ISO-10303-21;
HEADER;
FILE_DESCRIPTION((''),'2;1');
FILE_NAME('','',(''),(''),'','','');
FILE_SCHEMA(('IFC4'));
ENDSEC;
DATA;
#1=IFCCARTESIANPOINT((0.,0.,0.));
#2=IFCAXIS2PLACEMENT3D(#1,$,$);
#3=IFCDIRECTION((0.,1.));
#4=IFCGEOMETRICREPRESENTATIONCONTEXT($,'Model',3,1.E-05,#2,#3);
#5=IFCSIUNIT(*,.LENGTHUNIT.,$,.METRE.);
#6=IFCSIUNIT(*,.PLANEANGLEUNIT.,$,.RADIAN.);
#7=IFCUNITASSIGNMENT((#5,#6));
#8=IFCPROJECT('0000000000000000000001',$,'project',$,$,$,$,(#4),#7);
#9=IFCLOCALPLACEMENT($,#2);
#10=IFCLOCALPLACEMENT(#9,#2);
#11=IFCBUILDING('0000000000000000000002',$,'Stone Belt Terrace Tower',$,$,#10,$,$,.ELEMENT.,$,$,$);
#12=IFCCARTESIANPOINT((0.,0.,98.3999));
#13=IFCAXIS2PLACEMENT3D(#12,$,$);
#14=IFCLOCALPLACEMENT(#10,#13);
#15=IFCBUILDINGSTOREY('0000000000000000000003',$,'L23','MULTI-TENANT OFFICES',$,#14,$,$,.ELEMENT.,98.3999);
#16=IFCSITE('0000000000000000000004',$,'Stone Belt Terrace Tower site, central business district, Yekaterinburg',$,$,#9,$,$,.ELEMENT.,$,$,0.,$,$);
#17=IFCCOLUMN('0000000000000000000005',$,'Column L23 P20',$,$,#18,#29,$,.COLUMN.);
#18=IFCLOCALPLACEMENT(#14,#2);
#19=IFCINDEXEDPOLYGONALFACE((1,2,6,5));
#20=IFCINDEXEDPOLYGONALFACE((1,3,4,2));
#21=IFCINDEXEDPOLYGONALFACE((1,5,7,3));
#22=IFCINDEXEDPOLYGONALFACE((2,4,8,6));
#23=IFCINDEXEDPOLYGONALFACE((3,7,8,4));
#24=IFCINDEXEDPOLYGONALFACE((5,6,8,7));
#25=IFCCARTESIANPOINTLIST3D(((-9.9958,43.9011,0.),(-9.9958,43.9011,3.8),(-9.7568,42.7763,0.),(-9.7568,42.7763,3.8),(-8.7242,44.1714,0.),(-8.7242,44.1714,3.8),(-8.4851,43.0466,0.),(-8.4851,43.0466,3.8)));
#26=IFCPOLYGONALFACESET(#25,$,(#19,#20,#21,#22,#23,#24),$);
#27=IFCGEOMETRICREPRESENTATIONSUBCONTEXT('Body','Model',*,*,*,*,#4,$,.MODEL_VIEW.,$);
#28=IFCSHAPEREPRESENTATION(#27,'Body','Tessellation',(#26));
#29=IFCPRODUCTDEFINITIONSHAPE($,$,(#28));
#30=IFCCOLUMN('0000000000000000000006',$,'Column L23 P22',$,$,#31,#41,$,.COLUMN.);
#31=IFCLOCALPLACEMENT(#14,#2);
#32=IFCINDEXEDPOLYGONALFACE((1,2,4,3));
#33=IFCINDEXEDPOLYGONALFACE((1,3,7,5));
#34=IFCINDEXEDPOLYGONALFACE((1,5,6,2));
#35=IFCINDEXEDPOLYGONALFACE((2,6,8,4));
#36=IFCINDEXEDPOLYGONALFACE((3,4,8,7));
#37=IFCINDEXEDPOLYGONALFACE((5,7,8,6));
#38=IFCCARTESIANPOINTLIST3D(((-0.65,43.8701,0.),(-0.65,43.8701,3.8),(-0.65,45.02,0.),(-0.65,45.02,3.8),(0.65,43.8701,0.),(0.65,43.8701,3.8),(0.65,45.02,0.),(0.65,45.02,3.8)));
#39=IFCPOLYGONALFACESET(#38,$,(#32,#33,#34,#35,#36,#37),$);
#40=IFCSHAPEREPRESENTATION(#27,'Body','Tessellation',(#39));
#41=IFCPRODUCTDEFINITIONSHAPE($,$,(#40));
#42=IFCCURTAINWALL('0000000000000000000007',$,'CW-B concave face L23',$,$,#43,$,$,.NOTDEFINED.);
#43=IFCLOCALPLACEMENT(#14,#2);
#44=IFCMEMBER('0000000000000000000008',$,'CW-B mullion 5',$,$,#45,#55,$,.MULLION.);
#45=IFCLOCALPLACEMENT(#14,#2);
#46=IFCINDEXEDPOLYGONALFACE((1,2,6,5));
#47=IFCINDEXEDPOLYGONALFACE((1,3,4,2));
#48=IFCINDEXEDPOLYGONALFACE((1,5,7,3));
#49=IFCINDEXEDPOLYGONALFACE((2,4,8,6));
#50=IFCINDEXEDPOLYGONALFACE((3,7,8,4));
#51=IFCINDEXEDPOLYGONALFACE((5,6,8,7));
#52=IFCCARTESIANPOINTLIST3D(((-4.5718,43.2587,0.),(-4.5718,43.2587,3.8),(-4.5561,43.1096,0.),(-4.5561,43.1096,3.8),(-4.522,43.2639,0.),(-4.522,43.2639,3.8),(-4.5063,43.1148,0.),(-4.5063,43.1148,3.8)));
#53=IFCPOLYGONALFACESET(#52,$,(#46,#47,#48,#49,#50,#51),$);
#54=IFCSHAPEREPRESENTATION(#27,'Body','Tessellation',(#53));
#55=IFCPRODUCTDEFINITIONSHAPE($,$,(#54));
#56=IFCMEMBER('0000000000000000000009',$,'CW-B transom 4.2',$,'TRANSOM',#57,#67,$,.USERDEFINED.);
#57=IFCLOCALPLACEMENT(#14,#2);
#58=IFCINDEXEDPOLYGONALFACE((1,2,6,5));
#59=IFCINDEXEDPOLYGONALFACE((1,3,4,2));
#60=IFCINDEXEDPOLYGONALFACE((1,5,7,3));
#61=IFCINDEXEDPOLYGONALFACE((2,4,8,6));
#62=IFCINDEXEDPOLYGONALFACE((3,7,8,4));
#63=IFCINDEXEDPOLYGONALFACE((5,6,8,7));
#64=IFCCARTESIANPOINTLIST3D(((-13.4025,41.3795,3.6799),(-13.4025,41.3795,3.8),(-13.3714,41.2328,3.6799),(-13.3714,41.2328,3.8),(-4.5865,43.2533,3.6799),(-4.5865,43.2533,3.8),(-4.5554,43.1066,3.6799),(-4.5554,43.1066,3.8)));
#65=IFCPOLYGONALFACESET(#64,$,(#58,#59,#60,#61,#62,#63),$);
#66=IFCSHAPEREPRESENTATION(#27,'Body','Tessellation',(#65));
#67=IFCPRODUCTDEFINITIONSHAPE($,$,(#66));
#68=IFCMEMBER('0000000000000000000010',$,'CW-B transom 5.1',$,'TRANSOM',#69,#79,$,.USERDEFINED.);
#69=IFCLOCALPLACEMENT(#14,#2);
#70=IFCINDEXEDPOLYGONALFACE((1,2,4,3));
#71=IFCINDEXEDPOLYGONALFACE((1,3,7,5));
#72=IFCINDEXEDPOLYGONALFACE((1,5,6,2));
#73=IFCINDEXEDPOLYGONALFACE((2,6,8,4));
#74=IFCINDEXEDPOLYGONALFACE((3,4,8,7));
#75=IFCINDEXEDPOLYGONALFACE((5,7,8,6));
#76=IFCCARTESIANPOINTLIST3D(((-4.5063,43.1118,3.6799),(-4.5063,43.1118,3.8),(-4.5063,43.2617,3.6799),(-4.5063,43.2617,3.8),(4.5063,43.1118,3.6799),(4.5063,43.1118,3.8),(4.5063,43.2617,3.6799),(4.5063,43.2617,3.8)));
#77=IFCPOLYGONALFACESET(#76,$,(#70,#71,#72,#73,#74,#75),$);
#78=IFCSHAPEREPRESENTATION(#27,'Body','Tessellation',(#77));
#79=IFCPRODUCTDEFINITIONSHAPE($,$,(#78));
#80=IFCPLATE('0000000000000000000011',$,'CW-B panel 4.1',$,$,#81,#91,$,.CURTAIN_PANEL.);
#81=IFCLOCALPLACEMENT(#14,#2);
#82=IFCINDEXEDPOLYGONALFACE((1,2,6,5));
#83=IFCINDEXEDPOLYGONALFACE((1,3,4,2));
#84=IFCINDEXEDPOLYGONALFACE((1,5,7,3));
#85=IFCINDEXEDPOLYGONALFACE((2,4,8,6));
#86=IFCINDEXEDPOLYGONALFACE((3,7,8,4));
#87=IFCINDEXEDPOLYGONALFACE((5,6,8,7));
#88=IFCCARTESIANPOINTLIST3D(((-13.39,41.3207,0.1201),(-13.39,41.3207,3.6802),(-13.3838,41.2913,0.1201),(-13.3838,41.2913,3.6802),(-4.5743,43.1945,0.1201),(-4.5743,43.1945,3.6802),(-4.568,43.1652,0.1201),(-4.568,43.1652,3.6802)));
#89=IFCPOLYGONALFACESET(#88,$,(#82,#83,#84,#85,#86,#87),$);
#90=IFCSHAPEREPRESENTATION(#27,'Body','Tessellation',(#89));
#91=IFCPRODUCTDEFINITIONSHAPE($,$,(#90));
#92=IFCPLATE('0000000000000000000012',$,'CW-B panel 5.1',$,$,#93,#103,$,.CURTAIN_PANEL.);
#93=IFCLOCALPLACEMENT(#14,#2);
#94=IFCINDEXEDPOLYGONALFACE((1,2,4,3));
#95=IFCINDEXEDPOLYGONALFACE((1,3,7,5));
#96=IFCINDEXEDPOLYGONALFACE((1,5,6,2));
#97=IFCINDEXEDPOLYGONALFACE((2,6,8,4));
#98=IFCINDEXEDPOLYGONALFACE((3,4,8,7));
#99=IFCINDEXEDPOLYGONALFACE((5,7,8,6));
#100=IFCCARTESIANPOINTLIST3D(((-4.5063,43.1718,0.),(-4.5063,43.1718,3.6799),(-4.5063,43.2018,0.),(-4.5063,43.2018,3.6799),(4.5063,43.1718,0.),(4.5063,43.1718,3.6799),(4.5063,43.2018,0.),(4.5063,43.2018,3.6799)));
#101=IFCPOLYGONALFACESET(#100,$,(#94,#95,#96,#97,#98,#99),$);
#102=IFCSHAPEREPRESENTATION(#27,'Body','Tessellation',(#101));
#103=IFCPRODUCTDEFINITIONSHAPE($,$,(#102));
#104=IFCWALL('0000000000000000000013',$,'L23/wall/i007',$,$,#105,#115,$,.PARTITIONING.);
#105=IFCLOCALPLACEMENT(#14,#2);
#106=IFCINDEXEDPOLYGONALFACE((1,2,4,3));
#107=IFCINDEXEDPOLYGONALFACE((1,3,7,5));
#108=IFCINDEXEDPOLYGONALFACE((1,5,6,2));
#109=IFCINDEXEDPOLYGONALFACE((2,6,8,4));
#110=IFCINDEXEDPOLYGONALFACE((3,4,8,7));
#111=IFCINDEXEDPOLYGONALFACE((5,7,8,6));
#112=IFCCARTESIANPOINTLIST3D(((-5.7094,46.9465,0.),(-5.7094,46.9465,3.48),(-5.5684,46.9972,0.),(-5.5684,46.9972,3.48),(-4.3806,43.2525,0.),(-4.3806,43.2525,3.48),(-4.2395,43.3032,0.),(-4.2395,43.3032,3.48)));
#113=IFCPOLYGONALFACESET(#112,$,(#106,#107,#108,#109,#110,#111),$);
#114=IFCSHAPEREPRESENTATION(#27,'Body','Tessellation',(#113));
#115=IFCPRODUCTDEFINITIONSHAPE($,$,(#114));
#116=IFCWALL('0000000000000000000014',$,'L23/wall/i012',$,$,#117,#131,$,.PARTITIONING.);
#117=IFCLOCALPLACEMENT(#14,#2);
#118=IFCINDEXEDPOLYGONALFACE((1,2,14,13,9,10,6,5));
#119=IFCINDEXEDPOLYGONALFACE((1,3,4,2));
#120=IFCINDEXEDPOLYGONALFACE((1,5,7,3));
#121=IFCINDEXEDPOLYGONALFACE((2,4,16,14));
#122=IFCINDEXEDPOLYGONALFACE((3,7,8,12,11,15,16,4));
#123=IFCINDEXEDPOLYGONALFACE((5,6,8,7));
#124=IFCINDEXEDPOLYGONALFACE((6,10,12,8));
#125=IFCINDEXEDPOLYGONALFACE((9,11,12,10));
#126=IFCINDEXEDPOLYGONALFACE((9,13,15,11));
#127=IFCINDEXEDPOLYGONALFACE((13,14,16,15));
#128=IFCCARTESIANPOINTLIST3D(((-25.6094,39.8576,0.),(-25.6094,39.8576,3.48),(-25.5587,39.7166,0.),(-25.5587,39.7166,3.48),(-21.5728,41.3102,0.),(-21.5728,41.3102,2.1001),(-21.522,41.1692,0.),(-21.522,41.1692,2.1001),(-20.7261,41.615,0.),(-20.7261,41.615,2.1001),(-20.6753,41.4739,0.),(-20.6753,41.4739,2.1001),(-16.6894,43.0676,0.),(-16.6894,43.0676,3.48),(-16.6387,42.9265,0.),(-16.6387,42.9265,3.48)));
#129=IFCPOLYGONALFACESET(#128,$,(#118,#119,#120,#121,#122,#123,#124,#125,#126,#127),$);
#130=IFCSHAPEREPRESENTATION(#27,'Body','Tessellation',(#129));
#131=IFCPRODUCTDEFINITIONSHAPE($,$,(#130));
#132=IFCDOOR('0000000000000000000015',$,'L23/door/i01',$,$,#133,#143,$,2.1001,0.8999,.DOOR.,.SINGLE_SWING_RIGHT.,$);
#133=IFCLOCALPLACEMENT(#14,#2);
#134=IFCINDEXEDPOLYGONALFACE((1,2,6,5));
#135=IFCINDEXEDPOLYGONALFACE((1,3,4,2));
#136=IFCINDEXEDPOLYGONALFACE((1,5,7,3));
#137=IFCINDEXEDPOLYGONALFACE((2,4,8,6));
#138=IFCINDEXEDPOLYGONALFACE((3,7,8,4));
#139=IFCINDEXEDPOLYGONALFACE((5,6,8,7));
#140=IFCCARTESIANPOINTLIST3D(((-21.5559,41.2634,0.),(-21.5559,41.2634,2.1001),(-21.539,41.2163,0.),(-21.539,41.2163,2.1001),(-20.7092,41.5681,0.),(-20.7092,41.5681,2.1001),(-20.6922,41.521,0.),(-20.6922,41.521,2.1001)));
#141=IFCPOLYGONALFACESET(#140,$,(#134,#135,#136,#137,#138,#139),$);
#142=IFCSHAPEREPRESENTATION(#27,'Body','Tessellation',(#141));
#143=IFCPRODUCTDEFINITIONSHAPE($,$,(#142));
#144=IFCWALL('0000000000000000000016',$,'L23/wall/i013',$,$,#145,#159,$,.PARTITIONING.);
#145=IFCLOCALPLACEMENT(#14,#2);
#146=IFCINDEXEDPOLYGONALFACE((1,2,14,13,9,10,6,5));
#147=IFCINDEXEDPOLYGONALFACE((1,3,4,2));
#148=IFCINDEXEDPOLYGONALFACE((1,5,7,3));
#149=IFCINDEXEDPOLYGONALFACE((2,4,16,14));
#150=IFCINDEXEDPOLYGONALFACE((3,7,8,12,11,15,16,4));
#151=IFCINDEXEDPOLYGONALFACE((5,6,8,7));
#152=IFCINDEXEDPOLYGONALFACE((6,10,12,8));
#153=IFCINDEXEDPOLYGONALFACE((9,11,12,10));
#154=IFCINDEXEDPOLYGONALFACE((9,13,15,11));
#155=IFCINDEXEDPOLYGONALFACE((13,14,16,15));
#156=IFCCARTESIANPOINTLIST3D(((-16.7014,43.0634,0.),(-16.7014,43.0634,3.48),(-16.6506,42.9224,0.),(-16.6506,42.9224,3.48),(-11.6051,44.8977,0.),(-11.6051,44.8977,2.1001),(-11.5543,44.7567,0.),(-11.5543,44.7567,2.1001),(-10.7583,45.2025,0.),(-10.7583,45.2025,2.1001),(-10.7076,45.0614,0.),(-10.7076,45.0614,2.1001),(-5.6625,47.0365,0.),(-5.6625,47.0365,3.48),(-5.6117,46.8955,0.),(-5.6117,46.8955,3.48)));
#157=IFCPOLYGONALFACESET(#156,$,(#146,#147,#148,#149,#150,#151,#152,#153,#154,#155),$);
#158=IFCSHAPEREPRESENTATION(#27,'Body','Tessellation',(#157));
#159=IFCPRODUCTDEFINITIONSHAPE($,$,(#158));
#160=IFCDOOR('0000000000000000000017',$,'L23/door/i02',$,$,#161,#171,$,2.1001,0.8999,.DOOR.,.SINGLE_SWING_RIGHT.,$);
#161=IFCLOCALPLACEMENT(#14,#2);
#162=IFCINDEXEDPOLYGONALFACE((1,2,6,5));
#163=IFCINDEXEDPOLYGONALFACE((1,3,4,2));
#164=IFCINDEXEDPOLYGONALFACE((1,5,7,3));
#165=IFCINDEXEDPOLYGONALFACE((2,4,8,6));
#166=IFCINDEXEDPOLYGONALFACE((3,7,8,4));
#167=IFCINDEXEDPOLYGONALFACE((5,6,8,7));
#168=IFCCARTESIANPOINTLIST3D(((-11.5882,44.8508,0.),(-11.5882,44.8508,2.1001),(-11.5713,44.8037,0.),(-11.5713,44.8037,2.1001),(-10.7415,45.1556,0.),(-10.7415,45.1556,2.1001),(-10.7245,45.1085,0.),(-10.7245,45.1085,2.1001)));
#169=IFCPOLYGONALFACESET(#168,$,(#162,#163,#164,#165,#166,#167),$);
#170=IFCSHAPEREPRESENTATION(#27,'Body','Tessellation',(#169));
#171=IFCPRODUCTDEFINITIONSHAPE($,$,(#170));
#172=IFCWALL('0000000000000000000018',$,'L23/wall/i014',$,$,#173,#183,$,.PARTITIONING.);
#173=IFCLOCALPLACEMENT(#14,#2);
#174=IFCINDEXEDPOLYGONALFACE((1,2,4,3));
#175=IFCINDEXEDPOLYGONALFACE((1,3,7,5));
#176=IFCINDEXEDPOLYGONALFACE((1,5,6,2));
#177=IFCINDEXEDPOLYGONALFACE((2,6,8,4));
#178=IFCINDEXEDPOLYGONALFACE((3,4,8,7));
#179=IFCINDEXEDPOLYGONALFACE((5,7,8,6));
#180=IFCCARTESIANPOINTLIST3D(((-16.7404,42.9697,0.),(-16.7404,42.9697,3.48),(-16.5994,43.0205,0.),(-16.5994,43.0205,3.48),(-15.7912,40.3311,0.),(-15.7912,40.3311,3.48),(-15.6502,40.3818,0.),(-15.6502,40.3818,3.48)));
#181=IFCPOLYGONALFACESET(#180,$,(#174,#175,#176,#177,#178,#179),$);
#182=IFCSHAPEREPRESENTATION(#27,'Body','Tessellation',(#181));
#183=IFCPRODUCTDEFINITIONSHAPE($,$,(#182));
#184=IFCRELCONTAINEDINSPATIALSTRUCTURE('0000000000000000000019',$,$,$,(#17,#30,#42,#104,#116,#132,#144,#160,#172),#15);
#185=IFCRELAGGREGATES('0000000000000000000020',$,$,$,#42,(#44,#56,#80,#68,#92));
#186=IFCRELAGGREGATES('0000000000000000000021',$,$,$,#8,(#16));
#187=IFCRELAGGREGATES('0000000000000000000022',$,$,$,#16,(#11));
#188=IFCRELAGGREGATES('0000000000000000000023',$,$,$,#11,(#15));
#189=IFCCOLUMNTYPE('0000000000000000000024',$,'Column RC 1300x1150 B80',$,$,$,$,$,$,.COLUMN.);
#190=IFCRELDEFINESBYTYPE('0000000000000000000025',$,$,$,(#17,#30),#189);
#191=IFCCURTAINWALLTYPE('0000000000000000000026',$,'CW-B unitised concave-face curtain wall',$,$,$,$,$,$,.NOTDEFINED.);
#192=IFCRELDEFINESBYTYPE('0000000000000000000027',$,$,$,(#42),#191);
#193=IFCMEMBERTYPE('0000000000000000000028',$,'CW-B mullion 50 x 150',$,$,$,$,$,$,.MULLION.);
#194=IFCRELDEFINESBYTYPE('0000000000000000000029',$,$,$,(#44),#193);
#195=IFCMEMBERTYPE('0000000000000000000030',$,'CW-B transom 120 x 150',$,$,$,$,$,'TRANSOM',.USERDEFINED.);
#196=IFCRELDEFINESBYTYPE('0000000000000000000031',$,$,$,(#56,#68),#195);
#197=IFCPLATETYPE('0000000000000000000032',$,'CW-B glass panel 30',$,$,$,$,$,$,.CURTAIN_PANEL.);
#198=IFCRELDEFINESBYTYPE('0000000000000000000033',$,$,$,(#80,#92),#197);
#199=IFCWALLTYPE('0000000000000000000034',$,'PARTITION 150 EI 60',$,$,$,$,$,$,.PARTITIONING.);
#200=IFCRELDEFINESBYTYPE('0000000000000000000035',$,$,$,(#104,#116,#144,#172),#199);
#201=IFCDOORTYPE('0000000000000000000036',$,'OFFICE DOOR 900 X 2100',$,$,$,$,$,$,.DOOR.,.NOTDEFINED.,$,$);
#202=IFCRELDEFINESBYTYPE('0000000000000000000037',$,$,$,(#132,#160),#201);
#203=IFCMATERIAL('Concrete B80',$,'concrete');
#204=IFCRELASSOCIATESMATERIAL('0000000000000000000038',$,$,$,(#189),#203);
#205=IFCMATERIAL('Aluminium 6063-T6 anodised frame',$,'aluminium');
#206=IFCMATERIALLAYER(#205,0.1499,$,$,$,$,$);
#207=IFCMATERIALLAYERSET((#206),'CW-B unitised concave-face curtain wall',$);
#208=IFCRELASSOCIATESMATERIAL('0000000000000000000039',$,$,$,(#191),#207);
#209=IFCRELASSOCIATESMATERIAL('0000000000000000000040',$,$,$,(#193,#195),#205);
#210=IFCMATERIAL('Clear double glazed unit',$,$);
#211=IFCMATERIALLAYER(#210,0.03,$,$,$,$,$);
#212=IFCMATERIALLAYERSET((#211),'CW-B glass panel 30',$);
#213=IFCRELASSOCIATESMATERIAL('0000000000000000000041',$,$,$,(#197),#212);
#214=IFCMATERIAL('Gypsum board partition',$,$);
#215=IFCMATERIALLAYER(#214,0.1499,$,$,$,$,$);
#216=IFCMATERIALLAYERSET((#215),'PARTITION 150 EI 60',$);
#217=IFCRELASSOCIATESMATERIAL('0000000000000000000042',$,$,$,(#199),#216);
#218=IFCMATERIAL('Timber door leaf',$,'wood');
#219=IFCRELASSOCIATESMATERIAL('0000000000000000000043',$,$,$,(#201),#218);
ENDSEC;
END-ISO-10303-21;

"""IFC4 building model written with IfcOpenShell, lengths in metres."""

from ifc_helpers import new_model, si_unit, direction, frame, frame_2d, origin, origin_2d, place, context, subcontext, project, spatial, rectangle, extrude, material, layer, layer_set, material_profile, profile_set, type_object, element, fill, aggregate, save


model = new_model("IFC4")

# Units and contexts
model_context = context("Model", 3, precision=1e-05, world=origin(), true_north=direction((0.0, 1.0)))
body_context = subcontext(model_context, "Body", "Model", "MODEL_VIEW")
ifc_project = project(units=[si_unit("LENGTHUNIT", "METRE"), si_unit("PLANEANGLEUNIT", "RADIAN")], contexts=[model_context])

# Site, building, storey
site_placement = place(None, origin())
site = spatial("IfcSite", under=ifc_project, at=site_placement, Name="Stone Belt Terrace Tower site, central business district, Yekaterinburg", CompositionType="ELEMENT", RefElevation=0.0)
building_placement = place(site_placement, origin())
building = spatial("IfcBuilding", under=site, at=building_placement, Name="Stone Belt Terrace Tower", CompositionType="ELEMENT")
storey_placement = place(building_placement, frame((0.0, 0.0, 98.3999)))
storey = spatial("IfcBuildingStorey", under=building, at=storey_placement, Name="L23", Description="MULTI-TENANT OFFICES", CompositionType="ELEMENT", Elevation=98.3999)

# Columns
ifc_material_1 = material(Name="Concrete B80", Category="concrete")
ifc_material_profile_1 = material_profile(ifc_material_1, rectangle(XDim=1.3, YDim=1.1499, at=origin_2d()), Name="RC 1300x1150")
ifc_profile_set_1 = profile_set([ifc_material_profile_1], Name="Concrete B80")
column_type = type_object("IfcColumnType", Name="Column RC 1300x1150 B80", PredefinedType="COLUMN", material=ifc_profile_set_1)
for number, where, z_axis, x_axis, name in (
    (1, (-9.2405, 43.4739, 0.0), (0.0, 0.0, 1.0), (0.978148, 0.207912, 0.0), "Column L23 P20"),
    (2, (0.0, 44.4451, 0.0), (0.0, 0.0, 1.0), (1.0, 0.0, 0.0), "Column L23 P22"),
):
    element("IfcColumn", number, at=place(storey_placement, frame(where, z_axis=z_axis, x_axis=x_axis)), inside=storey, type_object=column_type, Name=name, PredefinedType="COLUMN", context=body_context, shape_type="SweptSolid", body=[
        extrude(rectangle(XDim=1.3, YDim=1.1499, at=origin_2d()), origin(), (0.0, 0.0, 1.0), 3.8),
    ])

# Curtain wall, members, plates
ifc_material_2 = material(Name="Aluminium 6063-T6 anodised frame", Category="aluminium")
ifc_layer_1 = layer(ifc_material_2, 0.1499)
ifc_layer_set_1 = layer_set([ifc_layer_1], Name="CW-B unitised concave-face curtain wall")
curtain_wall_type = type_object("IfcCurtainWallType", Name="CW-B unitised concave-face curtain wall", PredefinedType="NOTDEFINED", material=ifc_layer_set_1)
curtain_wall_placement = place(storey_placement, origin())
curtain_wall = element("IfcCurtainWall", 3, at=curtain_wall_placement, inside=storey, type_object=curtain_wall_type, Name="CW-B concave face L23", PredefinedType="NOTDEFINED")
ifc_material_profile_2 = material_profile(ifc_material_2, rectangle(XDim=0.1499, YDim=0.05, at=origin_2d()), Name="Aluminium 6063-T6 50x150")
ifc_profile_set_2 = profile_set([ifc_material_profile_2], Name="Aluminium 6063-T6 anodised frame")
member_type_1 = type_object("IfcMemberType", Name="CW-B mullion 50 x 150", PredefinedType="MULLION", material=ifc_profile_set_2)
member_1_placement = place(storey_placement, frame((-4.5391, 43.1868, 0.0), z_axis=(0.0, 0.0, 1.0), x_axis=(-0.104528, 0.994522, 0.0)))
member_1 = element("IfcMember", 4, at=member_1_placement, type_object=member_type_1, Name="CW-B mullion 5", PredefinedType="MULLION", context=body_context, shape_type="SweptSolid", body=[
    extrude(rectangle(XDim=0.1499, YDim=0.05, at=origin_2d()), origin(), (0.0, 0.0, 1.0), 3.8),
])
ifc_material_profile_3 = material_profile(ifc_material_2, rectangle(XDim=0.1499, YDim=0.1201, at=origin_2d()), Name="Aluminium 6063-T6 150x120")
ifc_profile_set_3 = profile_set([ifc_material_profile_3], Name="Aluminium 6063-T6 anodised frame")
member_type_2 = type_object("IfcMemberType", Name="CW-B transom 120 x 150", ElementType="TRANSOM", PredefinedType="USERDEFINED", material=ifc_profile_set_3)
member_2_placement = place(storey_placement, frame((-13.387, 41.3062, 3.74), z_axis=(0.97815, 0.207901, 0.0), x_axis=(-0.207901, 0.97815, 0.0)))
member_2 = element("IfcMember", 5, at=member_2_placement, type_object=member_type_2, Name="CW-B transom 4.2", ObjectType="TRANSOM", PredefinedType="USERDEFINED", context=body_context, shape_type="SweptSolid", body=[
    extrude(rectangle(XDim=0.1499, YDim=0.1201, at=origin_2d()), origin(), (0.0, 0.0, 1.0), 9.0129),
])
member_3_placement = place(storey_placement, frame((-4.5063, 43.1868, 3.74), z_axis=(1.0, 0.0, 0.0), x_axis=(0.0, 1.0, 0.0)))
member_3 = element("IfcMember", 6, at=member_3_placement, type_object=member_type_2, Name="CW-B transom 5.1", ObjectType="TRANSOM", PredefinedType="USERDEFINED", context=body_context, shape_type="SweptSolid", body=[
    extrude(rectangle(XDim=0.1499, YDim=0.1201, at=origin_2d()), origin(), (0.0, 0.0, 1.0), 9.0127),
])
ifc_material_3 = material(Name="Clear double glazed unit")
ifc_layer_2 = layer(ifc_material_3, 0.03)
ifc_layer_set_2 = layer_set([ifc_layer_2], Name="CW-B glass panel 30")
plate_type = type_object("IfcPlateType", Name="CW-B glass panel 30", PredefinedType="CURTAIN_PANEL", material=ifc_layer_set_2)
plate_1_placement = place(storey_placement, frame((-8.979, 42.2429, 0.1201), z_axis=(0.0, 0.0, 1.0), x_axis=(0.978148, 0.207912, 0.0)))
plate_1 = element("IfcPlate", 7, at=plate_1_placement, type_object=plate_type, Name="CW-B panel 4.1", PredefinedType="CURTAIN_PANEL", context=body_context, shape_type="SweptSolid", body=[
    extrude(rectangle(XDim=9.0127, YDim=0.03, at=origin_2d()), origin(), (0.0, 0.0, 1.0), 3.5601),
])
plate_2_placement = place(storey_placement, frame((0.0, 43.1868, 0.0), z_axis=(0.0, 0.0, 1.0), x_axis=(1.0, 0.0, 0.0)))
plate_2 = element("IfcPlate", 8, at=plate_2_placement, type_object=plate_type, Name="CW-B panel 5.1", PredefinedType="CURTAIN_PANEL", context=body_context, shape_type="SweptSolid", body=[
    extrude(rectangle(XDim=9.0127, YDim=0.03, at=origin_2d()), origin(), (0.0, 0.0, 1.0), 3.6799),
])
aggregate(curtain_wall, [member_1, member_2, plate_1, member_3, plate_2])

# Wall
ifc_material_4 = material(Name="Gypsum board partition")
ifc_layer_3 = layer(ifc_material_4, 0.1499)
ifc_layer_set_3 = layer_set([ifc_layer_3], Name="PARTITION 150 EI 60")
wall_type_1 = type_object("IfcWallType", Name="PARTITION 150 EI 60", PredefinedType="PARTITIONING", material=ifc_layer_set_3)
wall_1_placement = place(storey_placement, frame((-4.3101, 43.2778, 0.0), z_axis=(0.0, 0.0, 1.0), x_axis=(-0.33849, 0.94097, 0.0)))
element("IfcWall", 9, at=wall_1_placement, inside=storey, type_object=wall_type_1, Name="L23/wall/i007", PredefinedType="PARTITIONING", context=body_context, shape_type="SweptSolid", body=[
    extrude(rectangle(XDim=3.9258, YDim=0.1499, at=frame_2d((1.9629, 0.0))), origin(), (0.0, 0.0, 1.0), 3.48),
])

# Walls, openings, doors
wall_2_placement = place(storey_placement, frame((-16.6641, 42.9971, 0.0), z_axis=(0.0, 0.0, 1.0), x_axis=(-0.940928, -0.338606, 0.0)))
wall_2 = element("IfcWall", 10, at=wall_2_placement, inside=storey, type_object=wall_type_1, Name="L23/wall/i012", PredefinedType="PARTITIONING", context=body_context, shape_type="SweptSolid", body=[
    extrude(rectangle(XDim=9.48, YDim=0.1499, at=frame_2d((4.74, 0.0))), origin(), (0.0, 0.0, 1.0), 3.48),
])
opening_1_placement = place(wall_2_placement, frame((4.29, 0.0, 0.0)))
opening_1 = element("IfcOpeningElement", 11, at=opening_1_placement, cuts=wall_2, PredefinedType="OPENING", context=body_context, shape_type="SweptSolid", body=[
    extrude(rectangle(XDim=0.8999, YDim=2.1001, at=frame_2d((0.45, 1.05))), frame((0.0, 0.085, 0.0), z_axis=(0.0, -1.0, 0.0), x_axis=(1.0, 0.0, 0.0)), (0.0, 0.0, 1.0), 0.1699),
])
ifc_material_5 = material(Name="Timber door leaf", Category="wood")
door_type_1 = type_object("IfcDoorType", Name="OFFICE DOOR 900 X 2100", OperationType="NOTDEFINED", PredefinedType="DOOR", material=ifc_material_5)
door_1_placement = place(opening_1_placement, origin())
door_1 = element("IfcDoor", 12, at=door_1_placement, inside=storey, type_object=door_type_1, Name="L23/door/i01", OperationType="SINGLE_SWING_RIGHT", OverallHeight=2.1001, OverallWidth=0.8999, PredefinedType="DOOR", context=body_context, shape_type="SweptSolid", body=[
    extrude(rectangle(XDim=0.8999, YDim=2.1001, at=frame_2d((0.45, 1.05))), frame((0.0, 0.0249, 0.0), z_axis=(0.0, -1.0, 0.0), x_axis=(1.0, 0.0, 0.0)), (0.0, 0.0, 1.0), 0.05),
])
fill(opening_1, door_1)
wall_3_placement = place(storey_placement, frame((-5.637, 46.9661, 0.0), z_axis=(0.0, 0.0, 1.0), x_axis=(-0.940912, -0.33865, 0.0)))
wall_3 = element("IfcWall", 13, at=wall_3_placement, inside=storey, type_object=wall_type_1, Name="L23/wall/i013", PredefinedType="PARTITIONING", context=body_context, shape_type="SweptSolid", body=[
    extrude(rectangle(XDim=11.7322, YDim=0.1499, at=frame_2d((5.8662, 0.0))), origin(), (0.0, 0.0, 1.0), 3.48),
])
opening_2_placement = place(wall_3_placement, frame((5.416, 0.0, 0.0)))
opening_2 = element("IfcOpeningElement", 14, at=opening_2_placement, cuts=wall_3, PredefinedType="OPENING", context=body_context, shape_type="SweptSolid", body=[
    extrude(rectangle(XDim=0.8999, YDim=2.1001, at=frame_2d((0.45, 1.05))), frame((0.0, 0.085, 0.0), z_axis=(0.0, -1.0, 0.0), x_axis=(1.0, 0.0, 0.0)), (0.0, 0.0, 1.0), 0.1699),
])
door_2_placement = place(opening_2_placement, origin())
door_2 = element("IfcDoor", 15, at=door_2_placement, inside=storey, type_object=door_type_1, Name="L23/door/i02", OperationType="SINGLE_SWING_RIGHT", OverallHeight=2.1001, OverallWidth=0.8999, PredefinedType="DOOR", context=body_context, shape_type="SweptSolid", body=[
    extrude(rectangle(XDim=0.8999, YDim=2.1001, at=frame_2d((0.45, 1.05))), frame((0.0, 0.0249, 0.0), z_axis=(0.0, -1.0, 0.0), x_axis=(1.0, 0.0, 0.0)), (0.0, 0.0, 1.0), 0.05),
])
fill(opening_2, door_2)

# Wall
wall_4_placement = place(storey_placement, frame((-16.6699, 42.9951, 0.0), z_axis=(0.0, 0.0, 1.0), x_axis=(0.338497, -0.940967, 0.0)))
element("IfcWall", 16, at=wall_4_placement, inside=storey, type_object=wall_type_1, Name="L23/wall/i014", PredefinedType="PARTITIONING", context=body_context, shape_type="SweptSolid", body=[
    extrude(rectangle(XDim=2.8042, YDim=0.1499, at=frame_2d((1.4021, 0.0))), origin(), (0.0, 0.0, 1.0), 3.48),
])

save(model, "model.ifc")
